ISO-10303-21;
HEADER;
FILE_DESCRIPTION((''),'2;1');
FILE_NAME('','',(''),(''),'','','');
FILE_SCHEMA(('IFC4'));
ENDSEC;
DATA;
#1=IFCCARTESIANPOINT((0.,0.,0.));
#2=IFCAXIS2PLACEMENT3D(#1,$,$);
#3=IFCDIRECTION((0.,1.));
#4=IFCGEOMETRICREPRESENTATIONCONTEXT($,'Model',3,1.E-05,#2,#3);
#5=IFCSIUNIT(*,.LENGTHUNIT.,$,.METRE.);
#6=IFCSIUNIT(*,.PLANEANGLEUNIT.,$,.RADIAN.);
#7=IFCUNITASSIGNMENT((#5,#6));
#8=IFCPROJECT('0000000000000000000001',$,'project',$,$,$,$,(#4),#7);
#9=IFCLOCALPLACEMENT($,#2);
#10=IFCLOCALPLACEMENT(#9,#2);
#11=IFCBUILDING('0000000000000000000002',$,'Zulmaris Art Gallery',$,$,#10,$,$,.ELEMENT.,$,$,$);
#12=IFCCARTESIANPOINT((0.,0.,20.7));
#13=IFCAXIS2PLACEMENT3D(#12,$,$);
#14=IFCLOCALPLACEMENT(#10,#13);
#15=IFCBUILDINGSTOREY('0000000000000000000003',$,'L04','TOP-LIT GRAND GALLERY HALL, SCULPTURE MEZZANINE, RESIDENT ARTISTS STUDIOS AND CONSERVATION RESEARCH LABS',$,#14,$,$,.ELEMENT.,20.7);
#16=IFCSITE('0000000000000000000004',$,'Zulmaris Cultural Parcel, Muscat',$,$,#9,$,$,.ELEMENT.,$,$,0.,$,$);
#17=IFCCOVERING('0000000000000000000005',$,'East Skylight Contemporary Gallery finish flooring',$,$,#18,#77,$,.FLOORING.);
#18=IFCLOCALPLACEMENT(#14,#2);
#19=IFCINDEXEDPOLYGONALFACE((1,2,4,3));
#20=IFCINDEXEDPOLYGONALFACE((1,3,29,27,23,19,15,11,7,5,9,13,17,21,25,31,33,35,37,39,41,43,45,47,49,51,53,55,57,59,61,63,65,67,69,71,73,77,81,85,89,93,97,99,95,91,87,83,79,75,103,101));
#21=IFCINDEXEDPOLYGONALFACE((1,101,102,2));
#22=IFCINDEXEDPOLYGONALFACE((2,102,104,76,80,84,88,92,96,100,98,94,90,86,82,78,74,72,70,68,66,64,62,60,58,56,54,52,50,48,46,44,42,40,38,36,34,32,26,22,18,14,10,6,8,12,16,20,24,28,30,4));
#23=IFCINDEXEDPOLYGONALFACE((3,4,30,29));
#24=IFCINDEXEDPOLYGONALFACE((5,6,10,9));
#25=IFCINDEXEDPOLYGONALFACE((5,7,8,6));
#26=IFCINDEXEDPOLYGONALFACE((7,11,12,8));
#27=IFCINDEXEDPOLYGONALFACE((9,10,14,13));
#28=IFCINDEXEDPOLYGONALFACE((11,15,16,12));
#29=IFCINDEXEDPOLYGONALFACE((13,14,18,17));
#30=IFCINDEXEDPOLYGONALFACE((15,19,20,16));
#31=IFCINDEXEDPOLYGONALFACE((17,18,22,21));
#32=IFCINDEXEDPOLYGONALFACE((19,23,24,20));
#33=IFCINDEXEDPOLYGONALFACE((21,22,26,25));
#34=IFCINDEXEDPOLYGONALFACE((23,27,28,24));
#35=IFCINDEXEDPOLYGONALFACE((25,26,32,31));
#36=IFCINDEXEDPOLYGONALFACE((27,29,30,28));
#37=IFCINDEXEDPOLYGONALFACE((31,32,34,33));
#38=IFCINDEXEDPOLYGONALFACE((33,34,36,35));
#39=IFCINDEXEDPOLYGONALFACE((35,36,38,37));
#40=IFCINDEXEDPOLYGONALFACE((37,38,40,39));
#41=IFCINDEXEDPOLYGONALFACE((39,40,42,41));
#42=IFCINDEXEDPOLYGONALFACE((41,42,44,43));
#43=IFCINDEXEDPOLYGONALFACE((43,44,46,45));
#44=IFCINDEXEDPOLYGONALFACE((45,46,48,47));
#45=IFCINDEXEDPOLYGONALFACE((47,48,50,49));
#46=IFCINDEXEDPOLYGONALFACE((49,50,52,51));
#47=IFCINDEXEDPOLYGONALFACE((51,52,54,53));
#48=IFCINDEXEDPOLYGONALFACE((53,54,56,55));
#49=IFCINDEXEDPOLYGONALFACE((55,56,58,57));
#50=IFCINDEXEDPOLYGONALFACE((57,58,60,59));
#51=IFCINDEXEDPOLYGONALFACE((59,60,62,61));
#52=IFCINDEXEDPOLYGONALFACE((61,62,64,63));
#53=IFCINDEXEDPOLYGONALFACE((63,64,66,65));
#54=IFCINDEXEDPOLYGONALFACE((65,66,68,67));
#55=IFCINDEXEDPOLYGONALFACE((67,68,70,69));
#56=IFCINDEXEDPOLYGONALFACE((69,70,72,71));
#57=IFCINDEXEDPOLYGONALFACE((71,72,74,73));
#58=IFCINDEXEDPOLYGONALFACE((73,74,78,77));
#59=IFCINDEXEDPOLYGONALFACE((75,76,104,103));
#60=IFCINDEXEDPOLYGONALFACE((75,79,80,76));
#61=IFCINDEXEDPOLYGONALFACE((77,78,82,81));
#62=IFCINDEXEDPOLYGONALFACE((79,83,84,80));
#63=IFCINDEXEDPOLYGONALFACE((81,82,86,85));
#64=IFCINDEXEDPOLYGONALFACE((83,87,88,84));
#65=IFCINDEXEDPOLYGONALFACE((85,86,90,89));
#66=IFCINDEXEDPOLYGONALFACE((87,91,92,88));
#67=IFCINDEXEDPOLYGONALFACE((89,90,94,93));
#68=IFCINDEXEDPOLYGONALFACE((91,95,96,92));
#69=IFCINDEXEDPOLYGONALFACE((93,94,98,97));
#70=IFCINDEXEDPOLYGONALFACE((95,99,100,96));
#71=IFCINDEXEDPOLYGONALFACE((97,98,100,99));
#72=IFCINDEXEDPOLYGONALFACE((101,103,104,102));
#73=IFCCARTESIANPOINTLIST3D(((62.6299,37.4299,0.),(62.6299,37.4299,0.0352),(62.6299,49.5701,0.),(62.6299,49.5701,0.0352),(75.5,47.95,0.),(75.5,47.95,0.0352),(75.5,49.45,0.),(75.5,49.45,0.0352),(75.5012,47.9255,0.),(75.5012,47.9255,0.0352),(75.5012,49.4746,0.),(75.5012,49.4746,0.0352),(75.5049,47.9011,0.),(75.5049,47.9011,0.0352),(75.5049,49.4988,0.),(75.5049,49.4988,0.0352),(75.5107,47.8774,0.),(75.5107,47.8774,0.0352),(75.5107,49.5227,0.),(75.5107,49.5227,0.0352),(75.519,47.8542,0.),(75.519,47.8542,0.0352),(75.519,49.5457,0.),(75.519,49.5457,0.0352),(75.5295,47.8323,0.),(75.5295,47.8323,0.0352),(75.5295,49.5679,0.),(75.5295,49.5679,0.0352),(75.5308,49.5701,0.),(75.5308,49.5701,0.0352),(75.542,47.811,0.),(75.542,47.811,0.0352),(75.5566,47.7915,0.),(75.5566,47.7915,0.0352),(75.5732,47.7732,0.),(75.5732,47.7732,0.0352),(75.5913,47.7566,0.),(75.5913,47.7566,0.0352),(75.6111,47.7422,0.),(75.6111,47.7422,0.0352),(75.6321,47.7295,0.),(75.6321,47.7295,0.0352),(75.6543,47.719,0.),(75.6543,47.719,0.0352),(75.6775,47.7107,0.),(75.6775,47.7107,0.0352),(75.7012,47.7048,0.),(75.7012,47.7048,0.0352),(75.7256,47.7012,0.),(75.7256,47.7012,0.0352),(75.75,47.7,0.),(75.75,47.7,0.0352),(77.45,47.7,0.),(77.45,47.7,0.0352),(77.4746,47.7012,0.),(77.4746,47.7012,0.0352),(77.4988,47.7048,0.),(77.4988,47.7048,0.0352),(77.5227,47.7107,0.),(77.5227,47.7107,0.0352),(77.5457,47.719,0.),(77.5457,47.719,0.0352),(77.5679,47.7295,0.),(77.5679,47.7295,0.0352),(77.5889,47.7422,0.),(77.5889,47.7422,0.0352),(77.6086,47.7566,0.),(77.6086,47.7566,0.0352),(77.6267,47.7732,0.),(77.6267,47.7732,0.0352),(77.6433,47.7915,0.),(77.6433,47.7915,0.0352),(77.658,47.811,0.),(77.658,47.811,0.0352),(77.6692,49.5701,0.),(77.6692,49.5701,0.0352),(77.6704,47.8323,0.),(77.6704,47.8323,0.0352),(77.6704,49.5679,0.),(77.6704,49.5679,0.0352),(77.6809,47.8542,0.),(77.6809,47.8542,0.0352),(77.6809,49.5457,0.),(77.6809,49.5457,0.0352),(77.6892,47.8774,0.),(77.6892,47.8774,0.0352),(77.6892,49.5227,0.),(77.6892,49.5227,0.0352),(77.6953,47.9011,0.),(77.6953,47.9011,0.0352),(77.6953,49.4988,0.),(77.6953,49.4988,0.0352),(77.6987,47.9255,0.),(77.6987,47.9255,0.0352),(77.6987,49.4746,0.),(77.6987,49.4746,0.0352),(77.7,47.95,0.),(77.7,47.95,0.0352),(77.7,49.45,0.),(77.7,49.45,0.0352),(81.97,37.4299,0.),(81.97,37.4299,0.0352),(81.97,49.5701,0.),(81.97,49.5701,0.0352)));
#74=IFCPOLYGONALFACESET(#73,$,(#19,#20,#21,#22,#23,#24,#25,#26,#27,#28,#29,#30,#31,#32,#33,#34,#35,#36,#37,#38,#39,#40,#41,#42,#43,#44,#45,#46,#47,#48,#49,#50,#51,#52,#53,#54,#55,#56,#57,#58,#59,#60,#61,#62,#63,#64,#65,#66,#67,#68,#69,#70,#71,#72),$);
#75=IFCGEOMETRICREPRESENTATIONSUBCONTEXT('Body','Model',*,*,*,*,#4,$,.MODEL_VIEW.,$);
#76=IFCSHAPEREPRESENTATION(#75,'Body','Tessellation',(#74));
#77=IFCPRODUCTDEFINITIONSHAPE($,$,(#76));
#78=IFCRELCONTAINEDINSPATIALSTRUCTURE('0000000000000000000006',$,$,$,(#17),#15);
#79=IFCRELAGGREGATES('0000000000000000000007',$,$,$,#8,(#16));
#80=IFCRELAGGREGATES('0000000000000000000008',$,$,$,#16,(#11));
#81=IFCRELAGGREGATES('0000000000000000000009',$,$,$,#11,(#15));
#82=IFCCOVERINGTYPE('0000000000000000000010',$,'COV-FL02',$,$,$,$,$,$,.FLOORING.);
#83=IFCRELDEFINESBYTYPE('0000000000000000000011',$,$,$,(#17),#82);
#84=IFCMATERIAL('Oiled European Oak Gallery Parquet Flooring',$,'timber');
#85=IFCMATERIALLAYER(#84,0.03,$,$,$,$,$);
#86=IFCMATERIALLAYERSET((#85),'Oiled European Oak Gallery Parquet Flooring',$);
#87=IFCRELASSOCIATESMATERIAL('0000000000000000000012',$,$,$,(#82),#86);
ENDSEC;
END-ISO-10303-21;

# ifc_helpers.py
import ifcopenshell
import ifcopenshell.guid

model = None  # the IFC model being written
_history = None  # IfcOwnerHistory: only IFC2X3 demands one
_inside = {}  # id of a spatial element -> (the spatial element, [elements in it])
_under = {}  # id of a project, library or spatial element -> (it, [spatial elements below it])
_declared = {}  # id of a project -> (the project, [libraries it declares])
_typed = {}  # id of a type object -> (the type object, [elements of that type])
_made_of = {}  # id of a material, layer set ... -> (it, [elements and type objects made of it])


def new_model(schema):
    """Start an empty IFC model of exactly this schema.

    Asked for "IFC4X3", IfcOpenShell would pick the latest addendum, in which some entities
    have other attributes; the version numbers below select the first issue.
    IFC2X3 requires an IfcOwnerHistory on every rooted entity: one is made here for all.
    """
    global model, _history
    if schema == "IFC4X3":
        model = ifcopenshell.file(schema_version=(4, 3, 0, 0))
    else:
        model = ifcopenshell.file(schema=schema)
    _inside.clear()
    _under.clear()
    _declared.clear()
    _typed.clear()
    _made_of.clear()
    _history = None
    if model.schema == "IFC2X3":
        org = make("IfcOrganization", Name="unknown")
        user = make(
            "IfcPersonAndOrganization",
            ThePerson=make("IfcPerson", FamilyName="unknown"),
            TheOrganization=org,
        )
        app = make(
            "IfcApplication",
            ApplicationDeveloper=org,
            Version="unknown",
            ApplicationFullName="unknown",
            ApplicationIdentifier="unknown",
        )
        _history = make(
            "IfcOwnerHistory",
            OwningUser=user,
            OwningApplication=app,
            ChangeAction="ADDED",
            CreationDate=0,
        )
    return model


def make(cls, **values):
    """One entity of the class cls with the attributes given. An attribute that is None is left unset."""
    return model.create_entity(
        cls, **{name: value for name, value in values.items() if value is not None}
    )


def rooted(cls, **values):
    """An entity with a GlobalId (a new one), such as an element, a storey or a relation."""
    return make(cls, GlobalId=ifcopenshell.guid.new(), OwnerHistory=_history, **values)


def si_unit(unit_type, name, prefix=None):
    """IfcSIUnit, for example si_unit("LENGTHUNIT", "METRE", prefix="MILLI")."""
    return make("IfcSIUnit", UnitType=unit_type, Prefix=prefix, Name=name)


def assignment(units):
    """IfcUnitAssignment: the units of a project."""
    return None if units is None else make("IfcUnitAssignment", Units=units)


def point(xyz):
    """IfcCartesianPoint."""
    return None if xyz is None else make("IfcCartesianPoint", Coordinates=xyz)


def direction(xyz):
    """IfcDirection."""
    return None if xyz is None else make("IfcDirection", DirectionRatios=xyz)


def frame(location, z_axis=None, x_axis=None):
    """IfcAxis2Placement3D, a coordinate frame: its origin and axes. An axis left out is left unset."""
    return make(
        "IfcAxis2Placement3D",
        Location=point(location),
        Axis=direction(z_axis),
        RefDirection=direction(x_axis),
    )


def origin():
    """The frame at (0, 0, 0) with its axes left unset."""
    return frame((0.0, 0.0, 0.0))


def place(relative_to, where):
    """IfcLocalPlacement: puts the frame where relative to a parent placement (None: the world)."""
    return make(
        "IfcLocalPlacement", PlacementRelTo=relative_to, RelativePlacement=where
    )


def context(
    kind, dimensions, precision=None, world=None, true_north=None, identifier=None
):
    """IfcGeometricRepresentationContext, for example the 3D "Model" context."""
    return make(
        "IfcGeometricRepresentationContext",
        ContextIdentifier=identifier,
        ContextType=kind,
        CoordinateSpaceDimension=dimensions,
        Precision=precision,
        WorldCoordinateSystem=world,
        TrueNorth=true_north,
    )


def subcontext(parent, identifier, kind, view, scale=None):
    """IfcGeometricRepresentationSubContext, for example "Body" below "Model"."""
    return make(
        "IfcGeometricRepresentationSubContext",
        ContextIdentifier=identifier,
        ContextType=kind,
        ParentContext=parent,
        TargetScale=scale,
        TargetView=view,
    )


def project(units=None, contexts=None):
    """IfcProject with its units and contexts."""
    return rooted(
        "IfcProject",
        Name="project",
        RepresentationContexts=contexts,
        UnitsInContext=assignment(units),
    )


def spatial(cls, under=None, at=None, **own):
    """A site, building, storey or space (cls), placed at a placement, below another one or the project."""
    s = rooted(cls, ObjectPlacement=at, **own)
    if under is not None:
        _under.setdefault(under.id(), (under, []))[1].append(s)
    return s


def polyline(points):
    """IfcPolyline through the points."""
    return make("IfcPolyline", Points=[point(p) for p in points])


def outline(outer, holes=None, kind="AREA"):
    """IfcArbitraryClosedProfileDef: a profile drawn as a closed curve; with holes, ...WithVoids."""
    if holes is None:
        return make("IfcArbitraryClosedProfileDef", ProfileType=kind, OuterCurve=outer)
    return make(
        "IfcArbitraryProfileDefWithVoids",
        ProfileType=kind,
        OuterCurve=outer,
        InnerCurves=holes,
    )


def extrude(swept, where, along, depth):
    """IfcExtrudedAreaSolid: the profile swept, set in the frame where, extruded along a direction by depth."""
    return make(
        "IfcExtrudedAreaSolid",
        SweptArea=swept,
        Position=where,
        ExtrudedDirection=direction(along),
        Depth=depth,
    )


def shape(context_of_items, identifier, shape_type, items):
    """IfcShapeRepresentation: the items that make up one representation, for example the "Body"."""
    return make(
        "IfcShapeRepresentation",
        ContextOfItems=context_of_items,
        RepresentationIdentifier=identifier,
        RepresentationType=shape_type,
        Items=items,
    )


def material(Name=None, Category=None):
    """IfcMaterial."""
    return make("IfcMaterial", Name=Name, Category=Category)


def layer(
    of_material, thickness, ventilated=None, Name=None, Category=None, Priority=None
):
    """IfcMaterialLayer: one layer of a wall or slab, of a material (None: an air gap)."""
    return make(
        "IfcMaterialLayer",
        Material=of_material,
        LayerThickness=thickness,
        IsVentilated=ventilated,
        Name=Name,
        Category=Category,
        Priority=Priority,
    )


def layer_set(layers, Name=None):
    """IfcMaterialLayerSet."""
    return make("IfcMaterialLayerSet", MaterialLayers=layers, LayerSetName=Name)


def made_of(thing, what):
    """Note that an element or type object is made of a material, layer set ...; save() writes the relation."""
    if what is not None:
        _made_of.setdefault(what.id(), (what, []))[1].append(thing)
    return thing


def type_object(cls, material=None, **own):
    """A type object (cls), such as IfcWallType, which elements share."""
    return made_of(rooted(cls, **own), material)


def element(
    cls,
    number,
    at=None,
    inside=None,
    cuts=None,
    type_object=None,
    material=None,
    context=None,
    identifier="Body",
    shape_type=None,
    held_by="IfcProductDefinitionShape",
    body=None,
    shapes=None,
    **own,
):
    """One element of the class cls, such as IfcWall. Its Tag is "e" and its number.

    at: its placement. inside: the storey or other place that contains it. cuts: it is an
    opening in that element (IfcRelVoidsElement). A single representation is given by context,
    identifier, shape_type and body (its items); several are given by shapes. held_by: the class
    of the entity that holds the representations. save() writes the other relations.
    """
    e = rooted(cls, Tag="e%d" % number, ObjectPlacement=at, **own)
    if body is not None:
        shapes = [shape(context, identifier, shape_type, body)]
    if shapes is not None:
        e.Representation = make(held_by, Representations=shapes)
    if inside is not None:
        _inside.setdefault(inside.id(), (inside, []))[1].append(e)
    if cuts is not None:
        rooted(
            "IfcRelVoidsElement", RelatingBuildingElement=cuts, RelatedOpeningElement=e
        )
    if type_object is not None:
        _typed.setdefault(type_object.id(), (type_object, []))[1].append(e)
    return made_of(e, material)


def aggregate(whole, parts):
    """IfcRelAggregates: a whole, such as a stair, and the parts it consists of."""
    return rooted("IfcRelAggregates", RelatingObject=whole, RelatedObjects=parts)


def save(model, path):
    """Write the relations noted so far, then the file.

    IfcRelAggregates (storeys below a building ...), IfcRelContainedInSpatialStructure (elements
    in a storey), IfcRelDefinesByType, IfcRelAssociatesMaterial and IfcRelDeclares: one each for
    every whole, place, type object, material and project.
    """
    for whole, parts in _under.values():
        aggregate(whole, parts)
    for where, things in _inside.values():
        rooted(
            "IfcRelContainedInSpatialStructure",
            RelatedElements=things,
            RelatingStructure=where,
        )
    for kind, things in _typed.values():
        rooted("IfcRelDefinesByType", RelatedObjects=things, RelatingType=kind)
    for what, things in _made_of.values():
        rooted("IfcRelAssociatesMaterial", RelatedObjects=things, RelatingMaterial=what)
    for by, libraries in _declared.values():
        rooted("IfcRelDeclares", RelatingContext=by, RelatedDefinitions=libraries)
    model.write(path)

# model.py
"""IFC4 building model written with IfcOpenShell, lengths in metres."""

from ifc_helpers import new_model, si_unit, direction, frame, origin, place, context, subcontext, project, spatial, polyline, outline, extrude, material, layer, layer_set, type_object, element, save


model = new_model("IFC4")

# Units and contexts
model_context = context("Model", 3, precision=1e-05, world=origin(), true_north=direction((0.0, 1.0)))
body_context = subcontext(model_context, "Body", "Model", "MODEL_VIEW")
ifc_project = project(units=[si_unit("LENGTHUNIT", "METRE"), si_unit("PLANEANGLEUNIT", "RADIAN")], contexts=[model_context])

# Site, building, storey
site_placement = place(None, origin())
site = spatial("IfcSite", under=ifc_project, at=site_placement, Name="Zulmaris Cultural Parcel, Muscat", CompositionType="ELEMENT", RefElevation=0.0)
building_placement = place(site_placement, origin())
building = spatial("IfcBuilding", under=site, at=building_placement, Name="Zulmaris Art Gallery", CompositionType="ELEMENT")
storey_placement = place(building_placement, frame((0.0, 0.0, 20.7)))
storey = spatial("IfcBuildingStorey", under=building, at=storey_placement, Name="L04", Description="TOP-LIT GRAND GALLERY HALL, SCULPTURE MEZZANINE, RESIDENT ARTISTS STUDIOS AND CONSERVATION RESEARCH LABS", CompositionType="ELEMENT", Elevation=20.7)

# Covering
ifc_material_1 = material(Name="Oiled European Oak Gallery Parquet Flooring", Category="timber")
ifc_layer_1 = layer(ifc_material_1, 0.03)
ifc_layer_set_1 = layer_set([ifc_layer_1], Name="Oiled European Oak Gallery Parquet Flooring")
covering_type_1 = type_object("IfcCoveringType", Name="COV-FL02", PredefinedType="FLOORING", material=ifc_layer_set_1)
covering_1_placement = place(storey_placement, origin())
element("IfcCovering", 1, at=covering_1_placement, inside=storey, type_object=covering_type_1, Name="East Skylight Contemporary Gallery finish flooring", PredefinedType="FLOORING", context=body_context, shape_type="SweptSolid", body=[
    extrude(outline(polyline([(75.5295, 49.5679), (75.519, 49.5457), (75.5107, 49.5227), (75.5049, 49.4988), (75.5012, 49.4746), (75.5, 49.45), (75.5, 47.95), (75.5012, 47.9255), (75.5049, 47.9011), (75.5107, 47.8774), (75.519, 47.8542), (75.5295, 47.8323), (75.542, 47.811), (75.5566, 47.7915), (75.5732, 47.7732), (75.5913, 47.7566), (75.6111, 47.7422), (75.6321, 47.7295), (75.6543, 47.719), (75.6775, 47.7107), (75.7012, 47.7048), (75.7256, 47.7012), (75.75, 47.7), (77.45, 47.7), (77.4746, 47.7012), (77.4988, 47.7048), (77.5227, 47.7107), (77.5457, 47.719), (77.5679, 47.7295), (77.5889, 47.7422), (77.6086, 47.7566), (77.6267, 47.7732), (77.6433, 47.7915), (77.658, 47.811), (77.6704, 47.8323), (77.6809, 47.8542), (77.6892, 47.8774), (77.6953, 47.9011), (77.6987, 47.9255), (77.7, 47.95), (77.7, 49.45), (77.6987, 49.4746), (77.6953, 49.4988), (77.6892, 49.5227), (77.6809, 49.5457), (77.6704, 49.5679), (77.6692, 49.5701), (81.97, 49.5701), (81.97, 37.4299), (62.6299, 37.4299), (62.6299, 49.5701), (75.5308, 49.5701), (75.5295, 49.5679)])), origin(), (0.0, 0.0, 1.0), 0.0352),
])

save(model, "model.ifc")
